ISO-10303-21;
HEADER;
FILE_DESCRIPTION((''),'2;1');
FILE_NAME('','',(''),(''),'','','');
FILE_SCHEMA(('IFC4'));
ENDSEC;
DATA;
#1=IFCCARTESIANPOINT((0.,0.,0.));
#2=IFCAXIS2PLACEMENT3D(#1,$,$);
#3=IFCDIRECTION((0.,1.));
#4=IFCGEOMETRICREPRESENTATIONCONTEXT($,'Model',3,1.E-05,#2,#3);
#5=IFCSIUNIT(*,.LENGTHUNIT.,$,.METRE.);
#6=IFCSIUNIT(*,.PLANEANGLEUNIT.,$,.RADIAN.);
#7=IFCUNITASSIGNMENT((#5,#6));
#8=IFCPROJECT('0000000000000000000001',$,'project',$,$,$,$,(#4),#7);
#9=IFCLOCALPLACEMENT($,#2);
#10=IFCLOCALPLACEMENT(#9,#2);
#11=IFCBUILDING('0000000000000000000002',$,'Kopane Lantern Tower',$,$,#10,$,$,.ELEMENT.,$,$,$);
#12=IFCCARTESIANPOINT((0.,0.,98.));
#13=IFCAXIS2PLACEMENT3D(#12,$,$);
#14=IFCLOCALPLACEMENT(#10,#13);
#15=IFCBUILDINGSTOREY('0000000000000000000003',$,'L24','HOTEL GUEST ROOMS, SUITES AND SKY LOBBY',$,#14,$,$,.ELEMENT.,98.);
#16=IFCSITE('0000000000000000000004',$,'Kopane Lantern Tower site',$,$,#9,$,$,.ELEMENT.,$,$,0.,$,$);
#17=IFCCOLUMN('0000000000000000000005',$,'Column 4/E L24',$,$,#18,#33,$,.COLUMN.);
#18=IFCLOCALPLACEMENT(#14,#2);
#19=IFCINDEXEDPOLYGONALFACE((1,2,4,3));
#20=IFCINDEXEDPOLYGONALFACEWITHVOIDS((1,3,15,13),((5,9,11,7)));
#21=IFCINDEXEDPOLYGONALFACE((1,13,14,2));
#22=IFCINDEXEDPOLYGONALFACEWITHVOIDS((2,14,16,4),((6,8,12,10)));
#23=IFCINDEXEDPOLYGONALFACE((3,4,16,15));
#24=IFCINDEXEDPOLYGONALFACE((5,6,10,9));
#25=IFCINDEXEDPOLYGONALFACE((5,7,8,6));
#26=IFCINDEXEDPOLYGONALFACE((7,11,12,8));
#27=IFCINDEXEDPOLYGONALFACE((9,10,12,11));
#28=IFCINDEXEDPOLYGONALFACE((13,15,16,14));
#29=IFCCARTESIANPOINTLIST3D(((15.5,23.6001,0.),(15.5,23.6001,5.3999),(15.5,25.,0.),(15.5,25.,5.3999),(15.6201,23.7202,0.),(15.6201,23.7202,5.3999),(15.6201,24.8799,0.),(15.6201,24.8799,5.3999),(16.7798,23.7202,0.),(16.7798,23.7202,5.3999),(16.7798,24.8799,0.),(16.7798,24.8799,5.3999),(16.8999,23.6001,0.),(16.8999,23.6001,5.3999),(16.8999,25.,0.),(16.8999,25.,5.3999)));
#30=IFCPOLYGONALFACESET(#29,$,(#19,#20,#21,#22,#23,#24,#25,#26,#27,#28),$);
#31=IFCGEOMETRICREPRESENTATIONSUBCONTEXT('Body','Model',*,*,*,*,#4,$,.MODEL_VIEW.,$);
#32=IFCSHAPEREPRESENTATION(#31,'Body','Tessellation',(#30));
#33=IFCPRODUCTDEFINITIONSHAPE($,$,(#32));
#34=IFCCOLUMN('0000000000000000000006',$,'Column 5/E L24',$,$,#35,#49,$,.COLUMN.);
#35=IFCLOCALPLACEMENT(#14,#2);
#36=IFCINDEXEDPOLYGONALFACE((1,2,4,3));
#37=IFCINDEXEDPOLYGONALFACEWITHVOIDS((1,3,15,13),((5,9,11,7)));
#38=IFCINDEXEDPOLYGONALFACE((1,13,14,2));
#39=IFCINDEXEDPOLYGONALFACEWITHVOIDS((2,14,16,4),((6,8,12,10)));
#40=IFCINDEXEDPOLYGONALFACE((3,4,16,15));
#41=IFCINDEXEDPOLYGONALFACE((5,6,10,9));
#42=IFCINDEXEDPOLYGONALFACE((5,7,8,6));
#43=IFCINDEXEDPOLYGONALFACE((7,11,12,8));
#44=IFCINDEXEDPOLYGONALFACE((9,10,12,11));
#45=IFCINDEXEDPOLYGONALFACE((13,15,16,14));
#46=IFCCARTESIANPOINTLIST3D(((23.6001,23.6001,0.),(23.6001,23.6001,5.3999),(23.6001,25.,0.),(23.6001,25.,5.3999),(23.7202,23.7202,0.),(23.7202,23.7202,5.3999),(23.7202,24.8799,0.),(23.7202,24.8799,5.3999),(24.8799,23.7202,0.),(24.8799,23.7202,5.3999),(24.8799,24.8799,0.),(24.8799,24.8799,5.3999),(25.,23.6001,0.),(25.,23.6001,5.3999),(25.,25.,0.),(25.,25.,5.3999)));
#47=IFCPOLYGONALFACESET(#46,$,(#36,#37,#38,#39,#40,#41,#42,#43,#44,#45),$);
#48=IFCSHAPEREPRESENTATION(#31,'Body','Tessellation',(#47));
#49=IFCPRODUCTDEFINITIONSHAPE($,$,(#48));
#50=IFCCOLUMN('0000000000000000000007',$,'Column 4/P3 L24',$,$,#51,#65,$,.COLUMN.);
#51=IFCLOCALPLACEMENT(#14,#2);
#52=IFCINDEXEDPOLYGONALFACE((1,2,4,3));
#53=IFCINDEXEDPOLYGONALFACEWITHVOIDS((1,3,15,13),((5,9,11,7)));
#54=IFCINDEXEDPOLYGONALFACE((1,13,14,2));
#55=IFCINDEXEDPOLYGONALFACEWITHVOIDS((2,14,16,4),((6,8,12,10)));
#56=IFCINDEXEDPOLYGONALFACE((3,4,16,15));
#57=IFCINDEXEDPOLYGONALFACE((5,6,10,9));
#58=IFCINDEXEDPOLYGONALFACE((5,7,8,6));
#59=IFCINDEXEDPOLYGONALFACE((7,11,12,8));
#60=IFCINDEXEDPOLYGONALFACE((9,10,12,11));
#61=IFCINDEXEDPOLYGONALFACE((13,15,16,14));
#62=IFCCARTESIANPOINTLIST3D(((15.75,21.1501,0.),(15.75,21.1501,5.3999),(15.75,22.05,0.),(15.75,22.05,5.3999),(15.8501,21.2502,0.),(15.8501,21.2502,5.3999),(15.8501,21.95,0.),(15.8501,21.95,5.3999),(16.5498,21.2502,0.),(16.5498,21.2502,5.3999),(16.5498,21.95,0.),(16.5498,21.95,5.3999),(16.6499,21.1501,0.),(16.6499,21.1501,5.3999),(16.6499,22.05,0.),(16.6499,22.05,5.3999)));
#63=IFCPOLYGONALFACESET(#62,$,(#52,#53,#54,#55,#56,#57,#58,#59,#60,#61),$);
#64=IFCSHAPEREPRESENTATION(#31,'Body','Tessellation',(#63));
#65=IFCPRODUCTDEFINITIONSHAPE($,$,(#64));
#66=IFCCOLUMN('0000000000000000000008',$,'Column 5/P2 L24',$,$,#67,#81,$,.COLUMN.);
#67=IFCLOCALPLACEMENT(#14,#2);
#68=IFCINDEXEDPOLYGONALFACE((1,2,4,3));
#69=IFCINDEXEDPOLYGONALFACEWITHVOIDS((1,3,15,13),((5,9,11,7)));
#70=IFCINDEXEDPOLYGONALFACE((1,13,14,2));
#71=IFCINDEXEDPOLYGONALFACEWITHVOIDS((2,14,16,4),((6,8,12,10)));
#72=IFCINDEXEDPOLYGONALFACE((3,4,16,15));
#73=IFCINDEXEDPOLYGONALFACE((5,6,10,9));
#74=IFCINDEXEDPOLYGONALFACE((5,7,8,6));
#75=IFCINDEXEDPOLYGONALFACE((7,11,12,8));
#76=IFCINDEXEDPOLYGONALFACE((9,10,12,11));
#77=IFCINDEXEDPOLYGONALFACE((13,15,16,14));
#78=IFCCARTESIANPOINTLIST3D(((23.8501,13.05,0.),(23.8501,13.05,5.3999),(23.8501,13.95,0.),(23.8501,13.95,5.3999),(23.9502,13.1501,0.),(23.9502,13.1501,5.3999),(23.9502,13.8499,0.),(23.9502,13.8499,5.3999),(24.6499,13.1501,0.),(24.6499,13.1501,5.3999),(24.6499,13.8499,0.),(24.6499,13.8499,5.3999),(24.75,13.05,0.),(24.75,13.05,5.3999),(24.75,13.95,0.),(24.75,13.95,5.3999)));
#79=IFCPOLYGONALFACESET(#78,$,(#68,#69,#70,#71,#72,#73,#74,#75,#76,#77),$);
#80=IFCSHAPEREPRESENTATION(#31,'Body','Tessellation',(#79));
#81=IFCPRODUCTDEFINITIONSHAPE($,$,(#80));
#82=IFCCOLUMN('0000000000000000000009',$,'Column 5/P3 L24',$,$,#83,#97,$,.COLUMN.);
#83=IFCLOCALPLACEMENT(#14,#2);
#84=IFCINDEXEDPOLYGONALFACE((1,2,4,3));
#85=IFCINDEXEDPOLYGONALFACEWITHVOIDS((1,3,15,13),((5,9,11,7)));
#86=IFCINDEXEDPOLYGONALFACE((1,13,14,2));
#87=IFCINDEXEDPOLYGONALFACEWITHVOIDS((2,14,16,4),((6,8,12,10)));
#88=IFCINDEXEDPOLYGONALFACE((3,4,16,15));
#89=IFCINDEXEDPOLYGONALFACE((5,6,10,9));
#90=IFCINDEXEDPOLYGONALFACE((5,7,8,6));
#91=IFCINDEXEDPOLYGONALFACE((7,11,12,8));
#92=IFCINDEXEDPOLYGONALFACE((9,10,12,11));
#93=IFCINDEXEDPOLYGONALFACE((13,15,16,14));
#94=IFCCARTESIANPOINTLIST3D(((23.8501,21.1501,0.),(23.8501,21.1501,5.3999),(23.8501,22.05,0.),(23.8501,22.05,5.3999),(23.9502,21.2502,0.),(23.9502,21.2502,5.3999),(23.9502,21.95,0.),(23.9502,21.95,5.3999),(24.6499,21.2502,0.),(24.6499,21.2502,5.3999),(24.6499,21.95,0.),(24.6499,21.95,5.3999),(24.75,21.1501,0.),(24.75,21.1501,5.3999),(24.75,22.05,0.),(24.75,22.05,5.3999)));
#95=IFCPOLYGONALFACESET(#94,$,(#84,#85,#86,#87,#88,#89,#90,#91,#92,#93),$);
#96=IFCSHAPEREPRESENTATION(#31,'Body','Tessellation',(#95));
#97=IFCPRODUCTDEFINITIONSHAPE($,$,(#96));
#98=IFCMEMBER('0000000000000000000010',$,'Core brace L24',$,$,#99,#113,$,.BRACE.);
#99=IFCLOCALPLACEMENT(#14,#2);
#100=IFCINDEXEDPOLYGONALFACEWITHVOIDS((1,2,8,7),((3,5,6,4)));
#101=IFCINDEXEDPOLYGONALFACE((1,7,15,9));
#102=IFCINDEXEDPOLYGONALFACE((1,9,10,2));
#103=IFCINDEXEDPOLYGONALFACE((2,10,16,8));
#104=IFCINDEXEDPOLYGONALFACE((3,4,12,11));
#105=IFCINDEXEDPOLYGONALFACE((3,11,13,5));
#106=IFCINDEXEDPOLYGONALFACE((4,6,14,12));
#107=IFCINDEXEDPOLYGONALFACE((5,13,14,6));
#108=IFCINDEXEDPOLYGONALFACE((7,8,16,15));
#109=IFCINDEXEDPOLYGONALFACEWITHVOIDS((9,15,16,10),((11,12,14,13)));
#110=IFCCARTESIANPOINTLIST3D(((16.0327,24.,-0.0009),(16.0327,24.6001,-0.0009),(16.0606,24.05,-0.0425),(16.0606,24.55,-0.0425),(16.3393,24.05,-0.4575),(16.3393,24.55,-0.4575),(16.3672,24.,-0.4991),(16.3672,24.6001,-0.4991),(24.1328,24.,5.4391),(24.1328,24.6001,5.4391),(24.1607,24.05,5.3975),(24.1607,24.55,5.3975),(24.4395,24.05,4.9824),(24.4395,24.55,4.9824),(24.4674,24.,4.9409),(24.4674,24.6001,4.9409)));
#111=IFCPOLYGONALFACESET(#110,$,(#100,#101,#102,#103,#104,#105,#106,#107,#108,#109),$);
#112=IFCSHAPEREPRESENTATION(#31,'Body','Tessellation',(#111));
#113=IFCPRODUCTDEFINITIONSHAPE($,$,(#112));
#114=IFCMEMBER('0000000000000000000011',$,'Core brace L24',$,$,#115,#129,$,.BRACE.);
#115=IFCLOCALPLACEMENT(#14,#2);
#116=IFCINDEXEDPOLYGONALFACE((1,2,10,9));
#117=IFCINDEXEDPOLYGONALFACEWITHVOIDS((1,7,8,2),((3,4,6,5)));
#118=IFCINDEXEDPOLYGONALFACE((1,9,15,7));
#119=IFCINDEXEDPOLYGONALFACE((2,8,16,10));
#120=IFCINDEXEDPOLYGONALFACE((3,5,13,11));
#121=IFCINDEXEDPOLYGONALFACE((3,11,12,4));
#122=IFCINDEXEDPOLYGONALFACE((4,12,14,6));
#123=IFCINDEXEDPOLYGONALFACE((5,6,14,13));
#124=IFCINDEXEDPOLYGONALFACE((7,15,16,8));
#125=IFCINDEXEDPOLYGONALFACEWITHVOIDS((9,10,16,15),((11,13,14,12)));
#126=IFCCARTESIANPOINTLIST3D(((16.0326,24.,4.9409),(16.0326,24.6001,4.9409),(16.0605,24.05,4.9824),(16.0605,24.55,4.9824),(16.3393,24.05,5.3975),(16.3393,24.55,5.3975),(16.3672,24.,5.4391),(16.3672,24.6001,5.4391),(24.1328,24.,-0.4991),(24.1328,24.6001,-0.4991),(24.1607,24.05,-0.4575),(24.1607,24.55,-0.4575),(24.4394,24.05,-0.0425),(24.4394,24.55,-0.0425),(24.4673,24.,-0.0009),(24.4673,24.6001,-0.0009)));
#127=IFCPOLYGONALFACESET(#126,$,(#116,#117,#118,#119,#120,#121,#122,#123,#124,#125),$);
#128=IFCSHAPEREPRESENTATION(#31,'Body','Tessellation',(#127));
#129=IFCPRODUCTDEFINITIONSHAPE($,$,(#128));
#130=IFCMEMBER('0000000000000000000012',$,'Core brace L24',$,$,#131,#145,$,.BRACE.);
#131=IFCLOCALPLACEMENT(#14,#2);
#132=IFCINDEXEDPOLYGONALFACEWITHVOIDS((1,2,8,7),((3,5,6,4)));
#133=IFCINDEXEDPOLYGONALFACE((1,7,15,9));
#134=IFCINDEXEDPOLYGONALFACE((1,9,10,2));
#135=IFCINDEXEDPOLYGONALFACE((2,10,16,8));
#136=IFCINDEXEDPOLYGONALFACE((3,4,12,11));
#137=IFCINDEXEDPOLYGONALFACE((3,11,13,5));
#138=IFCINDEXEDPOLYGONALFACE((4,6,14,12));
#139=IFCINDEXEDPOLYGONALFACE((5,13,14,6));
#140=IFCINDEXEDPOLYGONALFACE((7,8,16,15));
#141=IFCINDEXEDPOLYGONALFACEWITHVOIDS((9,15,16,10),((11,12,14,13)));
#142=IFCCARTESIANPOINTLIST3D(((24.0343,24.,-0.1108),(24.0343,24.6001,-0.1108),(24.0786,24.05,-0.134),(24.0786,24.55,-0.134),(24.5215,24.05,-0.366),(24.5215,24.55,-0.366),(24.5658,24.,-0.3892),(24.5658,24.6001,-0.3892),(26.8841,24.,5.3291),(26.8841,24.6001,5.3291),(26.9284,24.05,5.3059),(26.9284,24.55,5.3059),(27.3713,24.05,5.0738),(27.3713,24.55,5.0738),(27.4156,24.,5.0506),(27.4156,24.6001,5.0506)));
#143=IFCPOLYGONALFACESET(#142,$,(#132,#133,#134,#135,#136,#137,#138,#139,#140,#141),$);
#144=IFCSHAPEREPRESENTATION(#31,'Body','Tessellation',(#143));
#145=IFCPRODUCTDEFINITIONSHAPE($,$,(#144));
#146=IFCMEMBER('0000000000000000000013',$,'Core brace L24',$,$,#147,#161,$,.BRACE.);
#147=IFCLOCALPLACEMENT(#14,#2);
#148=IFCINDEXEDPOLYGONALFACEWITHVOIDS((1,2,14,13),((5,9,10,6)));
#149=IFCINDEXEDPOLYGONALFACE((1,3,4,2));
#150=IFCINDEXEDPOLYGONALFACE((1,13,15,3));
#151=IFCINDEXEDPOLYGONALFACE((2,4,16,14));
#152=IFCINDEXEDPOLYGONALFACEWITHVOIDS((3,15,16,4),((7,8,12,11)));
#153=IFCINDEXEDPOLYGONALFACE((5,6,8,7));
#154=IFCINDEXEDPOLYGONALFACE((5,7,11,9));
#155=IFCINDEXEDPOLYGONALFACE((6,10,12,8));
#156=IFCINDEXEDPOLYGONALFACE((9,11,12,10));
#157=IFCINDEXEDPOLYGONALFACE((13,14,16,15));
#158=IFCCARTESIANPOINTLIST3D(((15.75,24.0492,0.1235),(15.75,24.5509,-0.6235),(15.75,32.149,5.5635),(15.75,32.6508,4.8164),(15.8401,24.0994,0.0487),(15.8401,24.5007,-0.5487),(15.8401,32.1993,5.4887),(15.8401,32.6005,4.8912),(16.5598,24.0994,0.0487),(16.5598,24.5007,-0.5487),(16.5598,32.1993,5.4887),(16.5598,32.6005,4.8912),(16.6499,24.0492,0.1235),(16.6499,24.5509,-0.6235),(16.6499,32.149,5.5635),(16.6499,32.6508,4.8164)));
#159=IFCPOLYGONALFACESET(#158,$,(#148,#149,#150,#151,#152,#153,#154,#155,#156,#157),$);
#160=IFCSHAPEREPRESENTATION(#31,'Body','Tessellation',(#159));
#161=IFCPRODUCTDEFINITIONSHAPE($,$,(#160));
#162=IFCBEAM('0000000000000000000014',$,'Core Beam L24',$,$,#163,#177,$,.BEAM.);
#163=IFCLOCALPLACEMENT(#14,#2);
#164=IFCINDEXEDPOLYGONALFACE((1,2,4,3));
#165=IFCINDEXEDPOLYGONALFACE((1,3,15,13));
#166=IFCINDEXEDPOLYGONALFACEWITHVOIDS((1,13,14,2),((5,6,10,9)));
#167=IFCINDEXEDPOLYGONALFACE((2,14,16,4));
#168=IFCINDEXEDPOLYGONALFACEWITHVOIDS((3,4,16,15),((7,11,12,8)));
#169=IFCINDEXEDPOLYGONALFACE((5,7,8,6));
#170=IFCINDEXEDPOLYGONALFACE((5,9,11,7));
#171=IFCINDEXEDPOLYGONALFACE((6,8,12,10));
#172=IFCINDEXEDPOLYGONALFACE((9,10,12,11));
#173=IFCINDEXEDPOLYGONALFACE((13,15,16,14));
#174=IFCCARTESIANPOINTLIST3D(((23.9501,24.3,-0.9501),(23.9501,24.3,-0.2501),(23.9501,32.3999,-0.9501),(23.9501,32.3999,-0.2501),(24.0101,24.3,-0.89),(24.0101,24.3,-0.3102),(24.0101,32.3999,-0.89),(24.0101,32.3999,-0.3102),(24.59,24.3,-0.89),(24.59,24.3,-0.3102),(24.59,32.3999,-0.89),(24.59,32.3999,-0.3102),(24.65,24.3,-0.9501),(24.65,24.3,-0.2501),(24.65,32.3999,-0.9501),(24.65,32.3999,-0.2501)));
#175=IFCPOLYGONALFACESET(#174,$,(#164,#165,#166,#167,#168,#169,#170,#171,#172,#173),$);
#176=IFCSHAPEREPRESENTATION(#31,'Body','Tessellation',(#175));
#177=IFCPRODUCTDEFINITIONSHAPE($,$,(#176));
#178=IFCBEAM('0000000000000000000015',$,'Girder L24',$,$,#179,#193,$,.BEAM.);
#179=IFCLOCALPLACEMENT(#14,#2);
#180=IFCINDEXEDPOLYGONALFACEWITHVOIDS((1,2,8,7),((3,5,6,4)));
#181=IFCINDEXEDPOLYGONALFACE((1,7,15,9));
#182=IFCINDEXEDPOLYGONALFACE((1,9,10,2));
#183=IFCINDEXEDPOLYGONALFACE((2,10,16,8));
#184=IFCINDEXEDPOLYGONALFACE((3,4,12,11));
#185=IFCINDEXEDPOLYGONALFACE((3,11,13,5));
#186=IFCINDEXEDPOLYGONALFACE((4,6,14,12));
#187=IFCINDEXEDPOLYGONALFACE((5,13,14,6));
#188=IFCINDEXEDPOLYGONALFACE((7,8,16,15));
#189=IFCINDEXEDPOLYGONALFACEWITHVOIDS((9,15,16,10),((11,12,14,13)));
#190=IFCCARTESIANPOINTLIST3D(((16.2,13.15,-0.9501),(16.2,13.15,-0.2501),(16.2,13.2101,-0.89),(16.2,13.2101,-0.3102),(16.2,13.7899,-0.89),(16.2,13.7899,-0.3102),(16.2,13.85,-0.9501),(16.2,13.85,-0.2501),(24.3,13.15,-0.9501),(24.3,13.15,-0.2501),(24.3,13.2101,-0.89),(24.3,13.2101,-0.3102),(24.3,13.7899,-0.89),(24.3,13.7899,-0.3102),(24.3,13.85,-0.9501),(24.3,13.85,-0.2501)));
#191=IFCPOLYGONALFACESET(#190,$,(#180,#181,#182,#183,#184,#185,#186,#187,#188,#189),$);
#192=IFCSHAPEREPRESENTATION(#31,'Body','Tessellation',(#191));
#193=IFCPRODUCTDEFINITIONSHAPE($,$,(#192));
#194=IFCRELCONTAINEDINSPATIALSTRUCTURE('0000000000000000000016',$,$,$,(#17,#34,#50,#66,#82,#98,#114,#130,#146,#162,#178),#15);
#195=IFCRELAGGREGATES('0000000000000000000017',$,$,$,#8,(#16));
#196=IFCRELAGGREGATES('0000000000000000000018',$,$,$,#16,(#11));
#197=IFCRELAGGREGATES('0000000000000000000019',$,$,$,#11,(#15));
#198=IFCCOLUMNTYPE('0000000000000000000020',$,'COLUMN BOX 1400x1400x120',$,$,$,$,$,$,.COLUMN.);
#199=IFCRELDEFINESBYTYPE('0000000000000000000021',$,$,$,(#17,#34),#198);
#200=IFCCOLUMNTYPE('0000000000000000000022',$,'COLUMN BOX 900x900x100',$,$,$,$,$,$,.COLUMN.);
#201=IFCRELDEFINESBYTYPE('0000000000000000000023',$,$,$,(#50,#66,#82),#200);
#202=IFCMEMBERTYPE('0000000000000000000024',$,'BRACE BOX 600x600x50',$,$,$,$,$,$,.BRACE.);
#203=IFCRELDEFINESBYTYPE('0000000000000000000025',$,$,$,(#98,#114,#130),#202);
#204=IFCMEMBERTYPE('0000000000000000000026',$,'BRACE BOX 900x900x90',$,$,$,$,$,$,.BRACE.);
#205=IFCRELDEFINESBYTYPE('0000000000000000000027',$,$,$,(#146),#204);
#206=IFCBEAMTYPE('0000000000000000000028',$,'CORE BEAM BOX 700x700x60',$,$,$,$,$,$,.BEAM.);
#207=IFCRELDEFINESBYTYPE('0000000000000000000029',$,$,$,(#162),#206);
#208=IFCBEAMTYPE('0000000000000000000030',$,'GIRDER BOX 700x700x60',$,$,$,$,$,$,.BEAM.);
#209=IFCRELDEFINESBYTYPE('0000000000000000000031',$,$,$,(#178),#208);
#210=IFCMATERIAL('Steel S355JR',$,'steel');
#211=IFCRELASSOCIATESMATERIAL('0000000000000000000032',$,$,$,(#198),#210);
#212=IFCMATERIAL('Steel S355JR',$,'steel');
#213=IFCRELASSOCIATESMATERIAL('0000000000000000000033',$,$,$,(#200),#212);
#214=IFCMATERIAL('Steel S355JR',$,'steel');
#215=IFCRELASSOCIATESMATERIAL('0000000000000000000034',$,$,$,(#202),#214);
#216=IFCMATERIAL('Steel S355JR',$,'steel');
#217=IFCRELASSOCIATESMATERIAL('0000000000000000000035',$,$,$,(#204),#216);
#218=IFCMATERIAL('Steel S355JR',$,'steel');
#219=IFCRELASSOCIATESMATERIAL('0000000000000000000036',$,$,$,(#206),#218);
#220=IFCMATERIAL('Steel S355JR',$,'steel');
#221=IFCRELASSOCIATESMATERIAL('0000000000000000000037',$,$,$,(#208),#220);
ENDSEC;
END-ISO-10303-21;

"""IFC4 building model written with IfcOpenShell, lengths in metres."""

from ifc_helpers import new_model, si_unit, direction, frame, origin, origin_2d, place, context, subcontext, project, spatial, hollow_rectangle, extrude, material, material_profile, profile_set, type_object, element, save


model = new_model("IFC4")

# Units and contexts
model_context = context("Model", 3, precision=1e-05, world=origin(), true_north=direction((0.0, 1.0)))
body_context = subcontext(model_context, "Body", "Model", "MODEL_VIEW")
ifc_project = project(units=[si_unit("LENGTHUNIT", "METRE"), si_unit("PLANEANGLEUNIT", "RADIAN")], contexts=[model_context])

# Site, building, storey
site_placement = place(None, origin())
site = spatial("IfcSite", under=ifc_project, at=site_placement, Name="Kopane Lantern Tower site", CompositionType="ELEMENT", RefElevation=0.0)
building_placement = place(site_placement, origin())
building = spatial("IfcBuilding", under=site, at=building_placement, Name="Kopane Lantern Tower", CompositionType="ELEMENT")
storey_placement = place(building_placement, frame((0.0, 0.0, 98.0)))
storey = spatial("IfcBuildingStorey", under=building, at=storey_placement, Name="L24", Description="HOTEL GUEST ROOMS, SUITES AND SKY LOBBY", CompositionType="ELEMENT", Elevation=98.0)

# Columns
ifc_material_1 = material(Name="Steel S355JR", Category="steel")
ifc_material_profile_1 = material_profile(ifc_material_1, hollow_rectangle(XDim=1.3999, YDim=1.3999, WallThickness=0.1201, at=origin_2d()), Name="BOX 1400x1400x120")
ifc_profile_set_1 = profile_set([ifc_material_profile_1], Name="Steel S355JR")
column_type_1 = type_object("IfcColumnType", Name="COLUMN BOX 1400x1400x120", PredefinedType="COLUMN", material=ifc_profile_set_1)
for number, where, z_axis, x_axis, name in (
    (1, (16.2, 24.3, 0.0), (0.0, 0.0, 1.0), (1.0, 0.0, 0.0), "Column 4/E L24"),
    (2, (24.3, 24.3, 0.0), (0.0, 0.0, 1.0), (1.0, 0.0, 0.0), "Column 5/E L24"),
):
    element("IfcColumn", number, at=place(storey_placement, frame(where, z_axis=z_axis, x_axis=x_axis)), inside=storey, type_object=column_type_1, Name=name, PredefinedType="COLUMN", context=body_context, shape_type="SweptSolid", body=[
        extrude(hollow_rectangle(XDim=1.3999, YDim=1.3999, WallThickness=0.1201, at=origin_2d()), origin(), (0.0, 0.0, 1.0), 5.3999),
    ])
ifc_material_2 = material(Name="Steel S355JR", Category="steel")
ifc_material_profile_2 = material_profile(ifc_material_2, hollow_rectangle(XDim=0.8999, YDim=0.8999, WallThickness=0.1001, at=origin_2d()), Name="BOX 900x900x100")
ifc_profile_set_2 = profile_set([ifc_material_profile_2], Name="Steel S355JR")
column_type_2 = type_object("IfcColumnType", Name="COLUMN BOX 900x900x100", PredefinedType="COLUMN", material=ifc_profile_set_2)
for number, where, z_axis, x_axis, name in (
    (3, (16.2, 21.6001, 0.0), (0.0, 0.0, 1.0), (1.0, 0.0, 0.0), "Column 4/P3 L24"),
    (4, (24.3, 13.5, 0.0), (0.0, 0.0, 1.0), (1.0, 0.0, 0.0), "Column 5/P2 L24"),
    (5, (24.3, 21.6001, 0.0), (0.0, 0.0, 1.0), (1.0, 0.0, 0.0), "Column 5/P3 L24"),
):
    element("IfcColumn", number, at=place(storey_placement, frame(where, z_axis=z_axis, x_axis=x_axis)), inside=storey, type_object=column_type_2, Name=name, PredefinedType="COLUMN", context=body_context, shape_type="SweptSolid", body=[
        extrude(hollow_rectangle(XDim=0.8999, YDim=0.8999, WallThickness=0.1001, at=origin_2d()), origin(), (0.0, 0.0, 1.0), 5.3999),
    ])

# Members
ifc_material_3 = material(Name="Steel S355JR", Category="steel")
ifc_material_profile_3 = material_profile(ifc_material_3, hollow_rectangle(XDim=0.6001, YDim=0.6001, WallThickness=0.05, at=origin_2d()), Name="BOX 600x600x50")
ifc_profile_set_3 = profile_set([ifc_material_profile_3], Name="Steel S355JR")
member_type_1 = type_object("IfcMemberType", Name="BRACE BOX 600x600x50", PredefinedType="BRACE", material=ifc_profile_set_3)
for number, where, z_axis, x_axis, name in (
    (6, (16.2, 24.3, -0.25), (0.830159, 0.0, 0.557526), (0.0, 1.0, 0.0), "Core brace L24"),
    (7, (24.3, 24.3, -0.25), (-0.830159, 0.0, 0.557526), (0.0, -1.0, 0.0), "Core brace L24"),
):
    element("IfcMember", number, at=place(storey_placement, frame(where, z_axis=z_axis, x_axis=x_axis)), inside=storey, type_object=member_type_1, Name=name, PredefinedType="BRACE", context=body_context, shape_type="SweptSolid", body=[
        extrude(hollow_rectangle(XDim=0.6001, YDim=0.6001, WallThickness=0.05, at=origin_2d()), origin(), (0.0, 0.0, 1.0), 9.7573),
    ])
member_1_placement = place(storey_placement, frame((24.3, 24.3, -0.25), z_axis=(0.464053, 0.0, 0.885807), x_axis=(0.0, 1.0, 0.0)))
element("IfcMember", 8, at=member_1_placement, inside=storey, type_object=member_type_1, Name="Core brace L24", PredefinedType="BRACE", context=body_context, shape_type="SweptSolid", body=[
    extrude(hollow_rectangle(XDim=0.6001, YDim=0.6001, WallThickness=0.05, at=origin_2d()), origin(), (0.0, 0.0, 1.0), 6.1411),
])
ifc_material_4 = material(Name="Steel S355JR", Category="steel")
ifc_material_profile_4 = material_profile(ifc_material_4, hollow_rectangle(XDim=0.8999, YDim=0.8999, WallThickness=0.0901, at=origin_2d()), Name="BOX 900x900x90")
ifc_profile_set_4 = profile_set([ifc_material_profile_4], Name="Steel S355JR")
member_type_2 = type_object("IfcMemberType", Name="BRACE BOX 900x900x90", PredefinedType="BRACE", material=ifc_profile_set_4)
member_2_placement = place(storey_placement, frame((16.2, 24.3, -0.25), z_axis=(0.0, 0.830151, 0.557538), x_axis=(-1.0, 0.0, 0.0)))
element("IfcMember", 9, at=member_2_placement, inside=storey, type_object=member_type_2, Name="Core brace L24", PredefinedType="BRACE", context=body_context, shape_type="SweptSolid", body=[
    extrude(hollow_rectangle(XDim=0.8999, YDim=0.8999, WallThickness=0.0901, at=origin_2d()), origin(), (0.0, 0.0, 1.0), 9.7571),
])

# Beams
ifc_material_5 = material(Name="Steel S355JR", Category="steel")
ifc_material_profile_5 = material_profile(ifc_material_5, hollow_rectangle(XDim=0.7, YDim=0.7, WallThickness=0.0601, at=origin_2d()), Name="BOX 700x700x60")
ifc_profile_set_5 = profile_set([ifc_material_profile_5], Name="Steel S355JR")
beam_type_1 = type_object("IfcBeamType", Name="CORE BEAM BOX 700x700x60", PredefinedType="BEAM", material=ifc_profile_set_5)
beam_1_placement = place(storey_placement, frame((24.3, 24.3, -0.6001), z_axis=(0.0, 1.0, 0.0), x_axis=(-1.0, 0.0, 0.0)))
element("IfcBeam", 10, at=beam_1_placement, inside=storey, type_object=beam_type_1, Name="Core Beam L24", PredefinedType="BEAM", context=body_context, shape_type="SweptSolid", body=[
    extrude(hollow_rectangle(XDim=0.7, YDim=0.7, WallThickness=0.0601, at=origin_2d()), origin(), (0.0, 0.0, 1.0), 8.0999),
])
ifc_material_6 = material(Name="Steel S355JR", Category="steel")
ifc_material_profile_6 = material_profile(ifc_material_6, hollow_rectangle(XDim=0.7, YDim=0.7, WallThickness=0.0601, at=origin_2d()), Name="BOX 700x700x60")
ifc_profile_set_6 = profile_set([ifc_material_profile_6], Name="Steel S355JR")
beam_type_2 = type_object("IfcBeamType", Name="GIRDER BOX 700x700x60", PredefinedType="BEAM", material=ifc_profile_set_6)
for number, where, z_axis, x_axis, name in (
    (11, (16.2, 13.5, -0.6001), (1.0, 0.0, 0.0), (0.0, 1.0, 0.0), "Girder L24"),
):
    element("IfcBeam", number, at=place(storey_placement, frame(where, z_axis=z_axis, x_axis=x_axis)), inside=storey, type_object=beam_type_2, Name=name, PredefinedType="BEAM", context=body_context, shape_type="SweptSolid", body=[
        extrude(hollow_rectangle(XDim=0.7, YDim=0.7, WallThickness=0.0601, at=origin_2d()), origin(), (0.0, 0.0, 1.0), 8.1001),
    ])

save(model, "model.ifc")
